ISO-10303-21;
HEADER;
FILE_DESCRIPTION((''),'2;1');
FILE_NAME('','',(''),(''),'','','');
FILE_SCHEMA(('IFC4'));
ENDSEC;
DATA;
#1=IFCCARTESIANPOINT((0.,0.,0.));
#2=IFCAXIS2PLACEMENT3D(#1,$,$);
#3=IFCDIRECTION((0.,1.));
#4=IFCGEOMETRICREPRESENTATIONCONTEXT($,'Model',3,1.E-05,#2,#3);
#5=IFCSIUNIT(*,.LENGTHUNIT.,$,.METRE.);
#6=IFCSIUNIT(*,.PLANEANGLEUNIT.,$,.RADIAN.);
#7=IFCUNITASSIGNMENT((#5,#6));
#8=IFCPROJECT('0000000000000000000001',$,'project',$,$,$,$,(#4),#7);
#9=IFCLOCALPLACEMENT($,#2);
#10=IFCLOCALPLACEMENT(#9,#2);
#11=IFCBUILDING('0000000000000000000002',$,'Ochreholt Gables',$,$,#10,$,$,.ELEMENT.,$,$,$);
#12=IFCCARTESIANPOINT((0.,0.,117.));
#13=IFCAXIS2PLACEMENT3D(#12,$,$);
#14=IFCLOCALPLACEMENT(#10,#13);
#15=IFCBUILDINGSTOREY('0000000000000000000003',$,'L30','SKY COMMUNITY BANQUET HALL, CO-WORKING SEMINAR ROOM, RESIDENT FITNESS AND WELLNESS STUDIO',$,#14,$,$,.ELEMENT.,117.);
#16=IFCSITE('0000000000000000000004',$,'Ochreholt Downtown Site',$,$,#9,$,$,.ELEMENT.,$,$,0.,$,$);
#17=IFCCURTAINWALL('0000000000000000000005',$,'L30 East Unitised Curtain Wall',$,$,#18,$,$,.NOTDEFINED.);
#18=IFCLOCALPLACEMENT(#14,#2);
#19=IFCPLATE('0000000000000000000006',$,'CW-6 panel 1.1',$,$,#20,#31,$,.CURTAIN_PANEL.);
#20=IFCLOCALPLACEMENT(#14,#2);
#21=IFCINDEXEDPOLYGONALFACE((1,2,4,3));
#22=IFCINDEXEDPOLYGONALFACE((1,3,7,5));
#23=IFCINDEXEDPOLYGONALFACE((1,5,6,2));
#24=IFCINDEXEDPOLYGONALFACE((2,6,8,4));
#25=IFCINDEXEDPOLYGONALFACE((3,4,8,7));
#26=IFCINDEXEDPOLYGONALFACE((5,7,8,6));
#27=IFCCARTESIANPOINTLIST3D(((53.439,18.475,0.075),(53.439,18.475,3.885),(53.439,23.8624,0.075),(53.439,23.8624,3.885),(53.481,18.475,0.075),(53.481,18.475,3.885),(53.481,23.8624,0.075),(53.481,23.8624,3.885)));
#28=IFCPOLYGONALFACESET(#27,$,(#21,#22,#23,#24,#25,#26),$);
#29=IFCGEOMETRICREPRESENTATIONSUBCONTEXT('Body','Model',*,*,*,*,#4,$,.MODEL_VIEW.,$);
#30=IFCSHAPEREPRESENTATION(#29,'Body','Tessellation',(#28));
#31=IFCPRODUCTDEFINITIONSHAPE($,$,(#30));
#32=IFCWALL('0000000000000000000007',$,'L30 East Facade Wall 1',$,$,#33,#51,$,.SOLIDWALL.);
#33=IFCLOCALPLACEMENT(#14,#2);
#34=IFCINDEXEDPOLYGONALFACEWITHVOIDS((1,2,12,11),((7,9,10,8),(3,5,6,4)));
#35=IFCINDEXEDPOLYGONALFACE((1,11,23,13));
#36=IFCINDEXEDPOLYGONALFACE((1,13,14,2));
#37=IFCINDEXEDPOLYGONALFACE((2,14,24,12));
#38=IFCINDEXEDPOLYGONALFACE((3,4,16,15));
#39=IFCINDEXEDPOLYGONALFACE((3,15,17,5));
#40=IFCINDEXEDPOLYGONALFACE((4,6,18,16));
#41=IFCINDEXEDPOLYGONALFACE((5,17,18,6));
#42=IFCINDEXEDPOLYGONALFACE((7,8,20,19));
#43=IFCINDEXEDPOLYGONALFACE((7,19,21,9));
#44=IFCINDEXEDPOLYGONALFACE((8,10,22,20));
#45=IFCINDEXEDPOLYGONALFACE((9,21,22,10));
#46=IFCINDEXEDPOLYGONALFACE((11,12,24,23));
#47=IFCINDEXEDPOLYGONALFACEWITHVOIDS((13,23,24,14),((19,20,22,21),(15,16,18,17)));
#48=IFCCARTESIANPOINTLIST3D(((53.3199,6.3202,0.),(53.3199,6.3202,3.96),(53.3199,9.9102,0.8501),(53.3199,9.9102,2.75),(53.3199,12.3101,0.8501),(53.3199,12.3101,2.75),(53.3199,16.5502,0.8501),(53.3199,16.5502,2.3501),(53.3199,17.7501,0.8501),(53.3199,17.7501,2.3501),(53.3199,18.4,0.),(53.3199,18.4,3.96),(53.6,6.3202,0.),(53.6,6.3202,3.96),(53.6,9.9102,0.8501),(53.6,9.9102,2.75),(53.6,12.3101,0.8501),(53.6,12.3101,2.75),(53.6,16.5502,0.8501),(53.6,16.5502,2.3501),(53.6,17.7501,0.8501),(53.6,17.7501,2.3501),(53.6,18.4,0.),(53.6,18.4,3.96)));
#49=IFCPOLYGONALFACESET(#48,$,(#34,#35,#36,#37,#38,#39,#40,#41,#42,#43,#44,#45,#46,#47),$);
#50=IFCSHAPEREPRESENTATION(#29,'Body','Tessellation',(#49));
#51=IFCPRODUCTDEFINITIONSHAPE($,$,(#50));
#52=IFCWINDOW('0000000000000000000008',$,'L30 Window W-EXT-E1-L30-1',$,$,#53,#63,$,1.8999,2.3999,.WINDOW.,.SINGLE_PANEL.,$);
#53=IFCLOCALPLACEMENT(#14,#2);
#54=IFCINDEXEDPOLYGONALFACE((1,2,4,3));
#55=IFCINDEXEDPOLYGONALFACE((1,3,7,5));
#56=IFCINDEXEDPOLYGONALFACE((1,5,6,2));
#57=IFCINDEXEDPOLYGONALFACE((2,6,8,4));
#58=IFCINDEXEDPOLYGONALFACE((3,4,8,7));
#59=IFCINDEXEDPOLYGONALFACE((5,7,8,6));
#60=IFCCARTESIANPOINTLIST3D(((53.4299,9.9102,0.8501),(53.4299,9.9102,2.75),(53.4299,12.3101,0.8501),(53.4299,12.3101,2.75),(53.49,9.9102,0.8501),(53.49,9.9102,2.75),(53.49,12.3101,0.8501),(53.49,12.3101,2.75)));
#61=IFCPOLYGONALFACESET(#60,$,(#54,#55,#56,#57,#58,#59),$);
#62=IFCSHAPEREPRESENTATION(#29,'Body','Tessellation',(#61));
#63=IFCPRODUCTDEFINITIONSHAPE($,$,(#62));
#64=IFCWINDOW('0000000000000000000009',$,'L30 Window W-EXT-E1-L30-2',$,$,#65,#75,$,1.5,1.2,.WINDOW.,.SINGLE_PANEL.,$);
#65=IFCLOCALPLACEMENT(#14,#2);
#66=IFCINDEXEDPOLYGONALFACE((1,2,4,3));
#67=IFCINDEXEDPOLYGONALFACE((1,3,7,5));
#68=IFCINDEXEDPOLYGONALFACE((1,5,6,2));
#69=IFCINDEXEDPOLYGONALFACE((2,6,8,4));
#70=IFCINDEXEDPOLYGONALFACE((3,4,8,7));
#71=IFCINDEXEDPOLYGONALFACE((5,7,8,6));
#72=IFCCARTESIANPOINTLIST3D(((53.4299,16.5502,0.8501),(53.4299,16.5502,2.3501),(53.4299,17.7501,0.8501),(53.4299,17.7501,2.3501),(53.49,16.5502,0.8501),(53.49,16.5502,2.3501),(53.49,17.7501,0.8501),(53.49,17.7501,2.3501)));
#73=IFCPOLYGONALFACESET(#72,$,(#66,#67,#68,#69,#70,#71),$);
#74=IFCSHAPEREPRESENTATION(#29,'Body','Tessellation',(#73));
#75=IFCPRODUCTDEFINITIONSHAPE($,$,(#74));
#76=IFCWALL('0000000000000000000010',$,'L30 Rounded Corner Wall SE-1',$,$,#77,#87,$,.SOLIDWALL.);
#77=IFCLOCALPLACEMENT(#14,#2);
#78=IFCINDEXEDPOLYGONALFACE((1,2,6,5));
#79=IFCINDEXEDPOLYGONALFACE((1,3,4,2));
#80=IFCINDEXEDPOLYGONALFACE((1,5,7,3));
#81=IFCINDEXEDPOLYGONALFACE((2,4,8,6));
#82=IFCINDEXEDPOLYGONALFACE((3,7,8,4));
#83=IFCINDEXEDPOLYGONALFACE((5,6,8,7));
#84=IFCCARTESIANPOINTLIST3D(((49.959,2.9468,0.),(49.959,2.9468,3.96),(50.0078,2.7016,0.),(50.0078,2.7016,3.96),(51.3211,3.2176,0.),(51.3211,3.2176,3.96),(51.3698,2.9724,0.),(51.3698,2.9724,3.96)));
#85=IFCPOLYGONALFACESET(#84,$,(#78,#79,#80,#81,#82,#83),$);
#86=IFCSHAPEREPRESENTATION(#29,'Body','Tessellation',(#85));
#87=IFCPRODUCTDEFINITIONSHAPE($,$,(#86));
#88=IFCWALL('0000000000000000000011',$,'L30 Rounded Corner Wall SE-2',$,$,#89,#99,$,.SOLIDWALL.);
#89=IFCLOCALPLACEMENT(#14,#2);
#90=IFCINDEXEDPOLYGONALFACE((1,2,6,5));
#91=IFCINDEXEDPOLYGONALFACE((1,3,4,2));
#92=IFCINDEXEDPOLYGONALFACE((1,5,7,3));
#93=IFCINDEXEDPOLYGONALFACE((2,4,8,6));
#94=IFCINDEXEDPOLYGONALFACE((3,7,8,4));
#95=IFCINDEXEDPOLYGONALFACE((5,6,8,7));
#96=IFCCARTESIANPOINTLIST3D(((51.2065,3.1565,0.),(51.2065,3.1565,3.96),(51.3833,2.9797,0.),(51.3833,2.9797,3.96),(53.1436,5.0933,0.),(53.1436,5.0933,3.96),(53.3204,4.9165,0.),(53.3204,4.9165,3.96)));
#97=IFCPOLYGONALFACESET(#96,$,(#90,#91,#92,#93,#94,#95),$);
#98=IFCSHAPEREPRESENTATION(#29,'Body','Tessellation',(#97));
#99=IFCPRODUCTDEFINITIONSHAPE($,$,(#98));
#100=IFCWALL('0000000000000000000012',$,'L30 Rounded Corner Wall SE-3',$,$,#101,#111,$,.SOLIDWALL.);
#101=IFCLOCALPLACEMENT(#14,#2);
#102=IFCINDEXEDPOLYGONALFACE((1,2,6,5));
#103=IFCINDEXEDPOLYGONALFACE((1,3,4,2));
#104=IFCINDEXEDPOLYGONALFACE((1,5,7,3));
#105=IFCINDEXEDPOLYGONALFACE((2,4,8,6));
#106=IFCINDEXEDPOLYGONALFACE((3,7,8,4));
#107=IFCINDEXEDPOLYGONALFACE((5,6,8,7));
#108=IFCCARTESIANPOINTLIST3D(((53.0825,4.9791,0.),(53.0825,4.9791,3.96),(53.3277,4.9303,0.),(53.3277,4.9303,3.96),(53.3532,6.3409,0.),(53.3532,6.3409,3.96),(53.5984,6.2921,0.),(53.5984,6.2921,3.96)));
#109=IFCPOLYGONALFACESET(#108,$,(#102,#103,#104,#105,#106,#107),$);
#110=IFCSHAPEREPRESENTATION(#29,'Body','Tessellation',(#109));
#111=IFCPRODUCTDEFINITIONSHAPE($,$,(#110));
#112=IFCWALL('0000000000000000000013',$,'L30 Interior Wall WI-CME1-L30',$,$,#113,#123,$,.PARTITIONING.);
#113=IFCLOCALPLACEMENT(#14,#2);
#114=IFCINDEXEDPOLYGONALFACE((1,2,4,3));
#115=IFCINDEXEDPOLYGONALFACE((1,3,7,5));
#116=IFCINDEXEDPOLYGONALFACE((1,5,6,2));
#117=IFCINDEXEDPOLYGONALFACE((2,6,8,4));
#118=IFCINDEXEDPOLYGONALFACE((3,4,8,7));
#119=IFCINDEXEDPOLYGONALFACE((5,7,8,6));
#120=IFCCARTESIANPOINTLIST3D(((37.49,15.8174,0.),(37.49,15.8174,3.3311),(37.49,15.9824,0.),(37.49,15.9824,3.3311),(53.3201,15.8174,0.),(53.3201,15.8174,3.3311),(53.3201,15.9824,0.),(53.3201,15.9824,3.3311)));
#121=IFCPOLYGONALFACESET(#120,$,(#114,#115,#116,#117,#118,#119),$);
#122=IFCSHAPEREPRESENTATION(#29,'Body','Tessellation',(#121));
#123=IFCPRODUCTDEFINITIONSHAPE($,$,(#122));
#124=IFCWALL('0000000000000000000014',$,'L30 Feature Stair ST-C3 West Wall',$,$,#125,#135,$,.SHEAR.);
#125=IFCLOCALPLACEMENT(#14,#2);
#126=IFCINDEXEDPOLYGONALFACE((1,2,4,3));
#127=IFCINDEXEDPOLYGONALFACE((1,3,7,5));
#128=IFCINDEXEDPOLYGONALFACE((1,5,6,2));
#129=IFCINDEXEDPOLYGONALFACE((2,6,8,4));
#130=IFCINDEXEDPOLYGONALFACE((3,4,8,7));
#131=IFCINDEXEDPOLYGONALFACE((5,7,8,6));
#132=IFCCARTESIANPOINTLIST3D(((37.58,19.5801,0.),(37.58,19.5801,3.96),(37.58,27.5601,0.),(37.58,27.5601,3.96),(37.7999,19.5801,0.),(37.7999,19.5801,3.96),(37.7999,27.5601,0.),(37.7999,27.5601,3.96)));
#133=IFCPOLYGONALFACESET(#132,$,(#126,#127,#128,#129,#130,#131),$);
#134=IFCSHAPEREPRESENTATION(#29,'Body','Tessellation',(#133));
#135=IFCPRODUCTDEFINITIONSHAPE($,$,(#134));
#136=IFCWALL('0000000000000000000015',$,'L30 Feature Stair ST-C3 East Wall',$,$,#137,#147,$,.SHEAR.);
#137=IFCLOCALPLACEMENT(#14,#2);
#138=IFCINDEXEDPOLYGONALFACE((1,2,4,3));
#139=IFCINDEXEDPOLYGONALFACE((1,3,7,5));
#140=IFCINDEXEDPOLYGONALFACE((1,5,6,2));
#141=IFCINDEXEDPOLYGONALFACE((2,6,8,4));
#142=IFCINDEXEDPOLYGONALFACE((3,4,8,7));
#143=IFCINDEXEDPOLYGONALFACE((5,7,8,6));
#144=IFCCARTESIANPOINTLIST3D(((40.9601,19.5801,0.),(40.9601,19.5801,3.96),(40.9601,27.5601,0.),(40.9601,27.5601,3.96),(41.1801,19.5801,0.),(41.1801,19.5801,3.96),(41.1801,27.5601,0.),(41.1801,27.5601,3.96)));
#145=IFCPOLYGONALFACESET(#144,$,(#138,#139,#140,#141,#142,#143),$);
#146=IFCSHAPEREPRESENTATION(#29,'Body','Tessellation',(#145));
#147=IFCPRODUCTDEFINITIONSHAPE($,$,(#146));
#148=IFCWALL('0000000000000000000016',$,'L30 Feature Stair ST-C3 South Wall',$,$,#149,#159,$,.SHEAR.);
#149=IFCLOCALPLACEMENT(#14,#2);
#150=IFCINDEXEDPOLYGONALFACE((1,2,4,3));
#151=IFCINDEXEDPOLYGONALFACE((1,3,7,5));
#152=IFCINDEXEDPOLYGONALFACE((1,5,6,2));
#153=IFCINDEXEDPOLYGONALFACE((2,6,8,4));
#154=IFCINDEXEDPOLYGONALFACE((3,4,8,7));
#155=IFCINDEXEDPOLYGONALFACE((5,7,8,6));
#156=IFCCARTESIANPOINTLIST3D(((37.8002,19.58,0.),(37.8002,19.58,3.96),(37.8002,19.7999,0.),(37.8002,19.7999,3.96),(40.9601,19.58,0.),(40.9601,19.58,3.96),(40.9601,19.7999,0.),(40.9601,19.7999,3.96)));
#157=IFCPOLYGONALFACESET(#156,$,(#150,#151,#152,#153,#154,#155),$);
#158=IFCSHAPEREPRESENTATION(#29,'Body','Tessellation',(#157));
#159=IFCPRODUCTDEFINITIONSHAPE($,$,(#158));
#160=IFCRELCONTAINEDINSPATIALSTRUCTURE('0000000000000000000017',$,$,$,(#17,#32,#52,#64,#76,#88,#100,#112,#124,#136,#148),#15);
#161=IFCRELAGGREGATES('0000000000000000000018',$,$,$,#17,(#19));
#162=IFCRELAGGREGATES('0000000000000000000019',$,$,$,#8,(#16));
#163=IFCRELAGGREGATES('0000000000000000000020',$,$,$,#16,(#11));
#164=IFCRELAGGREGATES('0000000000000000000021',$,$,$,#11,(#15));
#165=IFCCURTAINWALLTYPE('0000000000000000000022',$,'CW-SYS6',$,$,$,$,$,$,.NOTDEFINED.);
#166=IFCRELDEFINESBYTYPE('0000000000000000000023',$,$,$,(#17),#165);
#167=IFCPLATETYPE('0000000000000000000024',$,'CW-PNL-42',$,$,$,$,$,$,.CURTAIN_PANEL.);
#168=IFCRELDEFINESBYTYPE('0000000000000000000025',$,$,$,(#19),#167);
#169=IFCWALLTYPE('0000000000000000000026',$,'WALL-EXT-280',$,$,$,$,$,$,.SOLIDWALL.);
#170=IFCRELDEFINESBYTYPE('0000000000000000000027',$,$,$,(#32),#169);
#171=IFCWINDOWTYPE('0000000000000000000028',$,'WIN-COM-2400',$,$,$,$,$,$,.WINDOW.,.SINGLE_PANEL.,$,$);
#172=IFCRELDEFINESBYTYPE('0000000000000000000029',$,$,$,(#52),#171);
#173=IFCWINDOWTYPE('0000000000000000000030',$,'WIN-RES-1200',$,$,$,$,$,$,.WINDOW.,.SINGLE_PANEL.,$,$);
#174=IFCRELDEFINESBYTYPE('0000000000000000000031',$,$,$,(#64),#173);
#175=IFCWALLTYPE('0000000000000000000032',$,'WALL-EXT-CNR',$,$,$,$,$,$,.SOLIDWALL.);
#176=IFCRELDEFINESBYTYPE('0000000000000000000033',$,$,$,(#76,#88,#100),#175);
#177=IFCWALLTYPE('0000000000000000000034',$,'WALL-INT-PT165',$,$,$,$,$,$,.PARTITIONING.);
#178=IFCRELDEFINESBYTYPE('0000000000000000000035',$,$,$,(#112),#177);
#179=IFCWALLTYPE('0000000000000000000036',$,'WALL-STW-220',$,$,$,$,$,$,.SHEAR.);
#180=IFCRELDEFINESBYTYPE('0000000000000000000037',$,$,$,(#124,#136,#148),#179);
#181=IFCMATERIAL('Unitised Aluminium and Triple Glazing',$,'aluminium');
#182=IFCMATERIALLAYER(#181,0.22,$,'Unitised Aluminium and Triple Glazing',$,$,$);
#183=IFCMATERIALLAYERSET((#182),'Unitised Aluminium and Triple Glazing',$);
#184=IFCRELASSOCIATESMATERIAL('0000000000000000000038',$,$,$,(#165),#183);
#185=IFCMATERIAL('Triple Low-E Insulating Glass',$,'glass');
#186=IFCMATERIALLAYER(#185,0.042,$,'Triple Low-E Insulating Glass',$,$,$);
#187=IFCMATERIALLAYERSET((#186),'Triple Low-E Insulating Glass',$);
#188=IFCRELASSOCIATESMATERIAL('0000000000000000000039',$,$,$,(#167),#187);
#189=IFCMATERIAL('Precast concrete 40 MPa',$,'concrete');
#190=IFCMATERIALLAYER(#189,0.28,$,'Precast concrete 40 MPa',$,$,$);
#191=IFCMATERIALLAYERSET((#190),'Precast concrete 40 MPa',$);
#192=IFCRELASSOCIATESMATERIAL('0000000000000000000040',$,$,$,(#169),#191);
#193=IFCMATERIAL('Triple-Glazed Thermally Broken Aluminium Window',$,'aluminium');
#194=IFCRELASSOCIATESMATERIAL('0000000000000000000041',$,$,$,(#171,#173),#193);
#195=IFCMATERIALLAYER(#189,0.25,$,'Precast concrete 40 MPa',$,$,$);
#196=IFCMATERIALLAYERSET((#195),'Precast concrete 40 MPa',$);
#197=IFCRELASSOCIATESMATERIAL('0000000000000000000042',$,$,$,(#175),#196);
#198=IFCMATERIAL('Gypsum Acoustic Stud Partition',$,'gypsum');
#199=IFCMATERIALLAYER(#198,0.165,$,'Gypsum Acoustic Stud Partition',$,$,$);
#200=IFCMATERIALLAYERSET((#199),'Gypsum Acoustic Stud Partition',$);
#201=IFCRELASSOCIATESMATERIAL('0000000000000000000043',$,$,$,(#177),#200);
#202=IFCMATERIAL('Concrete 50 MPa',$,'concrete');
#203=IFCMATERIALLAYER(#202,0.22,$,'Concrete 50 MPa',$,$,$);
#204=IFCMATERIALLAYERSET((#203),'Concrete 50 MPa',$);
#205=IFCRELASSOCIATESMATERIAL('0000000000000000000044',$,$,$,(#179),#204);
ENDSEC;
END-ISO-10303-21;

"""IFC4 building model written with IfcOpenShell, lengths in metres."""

from ifc_helpers import new_model, si_unit, direction, frame, frame_2d, origin, origin_2d, place, context, subcontext, project, spatial, rectangle, extrude, material, layer, layer_set, type_object, element, fill, aggregate, save


model = new_model("IFC4")

# Units and contexts
model_context = context("Model", 3, precision=1e-05, world=origin(), true_north=direction((0.0, 1.0)))
body_context = subcontext(model_context, "Body", "Model", "MODEL_VIEW")
ifc_project = project(units=[si_unit("LENGTHUNIT", "METRE"), si_unit("PLANEANGLEUNIT", "RADIAN")], contexts=[model_context])

# Site, building, storey
site_placement = place(None, origin())
site = spatial("IfcSite", under=ifc_project, at=site_placement, Name="Ochreholt Downtown Site", CompositionType="ELEMENT", RefElevation=0.0)
building_placement = place(site_placement, origin())
building = spatial("IfcBuilding", under=site, at=building_placement, Name="Ochreholt Gables", CompositionType="ELEMENT")
storey_placement = place(building_placement, frame((0.0, 0.0, 117.0)))
storey = spatial("IfcBuildingStorey", under=building, at=storey_placement, Name="L30", Description="SKY COMMUNITY BANQUET HALL, CO-WORKING SEMINAR ROOM, RESIDENT FITNESS AND WELLNESS STUDIO", CompositionType="ELEMENT", Elevation=117.0)

# Curtain wall, plate
ifc_material_1 = material(Name="Unitised Aluminium and Triple Glazing", Category="aluminium")
ifc_layer_1 = layer(ifc_material_1, 0.22, Name="Unitised Aluminium and Triple Glazing")
ifc_layer_set_1 = layer_set([ifc_layer_1], Name="Unitised Aluminium and Triple Glazing")
curtain_wall_type = type_object("IfcCurtainWallType", Name="CW-SYS6", PredefinedType="NOTDEFINED", material=ifc_layer_set_1)
curtain_wall_placement = place(storey_placement, origin())
curtain_wall = element("IfcCurtainWall", 1, at=curtain_wall_placement, inside=storey, type_object=curtain_wall_type, Name="L30 East Unitised Curtain Wall", PredefinedType="NOTDEFINED")
ifc_material_2 = material(Name="Triple Low-E Insulating Glass", Category="glass")
ifc_layer_2 = layer(ifc_material_2, 0.042, Name="Triple Low-E Insulating Glass")
ifc_layer_set_2 = layer_set([ifc_layer_2], Name="Triple Low-E Insulating Glass")
plate_type = type_object("IfcPlateType", Name="CW-PNL-42", PredefinedType="CURTAIN_PANEL", material=ifc_layer_set_2)
plate_placement = place(storey_placement, frame((53.46, 21.1687, 0.075), z_axis=(0.0, 0.0, 1.0), x_axis=(0.0, 1.0, 0.0)))
plate = element("IfcPlate", 2, at=plate_placement, type_object=plate_type, Name="CW-6 panel 1.1", PredefinedType="CURTAIN_PANEL", context=body_context, shape_type="SweptSolid", body=[
    extrude(rectangle(XDim=5.3875, YDim=0.042, at=origin_2d()), origin(), (0.0, 0.0, 1.0), 3.8101),
])
aggregate(curtain_wall, [plate])

# Wall, openings, windows
ifc_material_3 = material(Name="Precast concrete 40 MPa", Category="concrete")
ifc_layer_3 = layer(ifc_material_3, 0.28, Name="Precast concrete 40 MPa")
ifc_layer_set_3 = layer_set([ifc_layer_3], Name="Precast concrete 40 MPa")
wall_type_1 = type_object("IfcWallType", Name="WALL-EXT-280", PredefinedType="SOLIDWALL", material=ifc_layer_set_3)
wall_1_placement = place(storey_placement, frame((53.46, 6.3201, 0.0), z_axis=(0.0, 0.0, 1.0), x_axis=(0.0, 1.0, 0.0)))
wall_1 = element("IfcWall", 3, at=wall_1_placement, inside=storey, type_object=wall_type_1, Name="L30 East Facade Wall 1", PredefinedType="SOLIDWALL", context=body_context, shape_type="SweptSolid", body=[
    extrude(rectangle(XDim=12.0798, YDim=0.28, at=frame_2d((6.04, 0.0))), origin(), (0.0, 0.0, 1.0), 3.96),
])
opening_1_placement = place(wall_1_placement, frame((3.5901, 0.0, 0.8501)))
opening_1 = element("IfcOpeningElement", 4, at=opening_1_placement, cuts=wall_1, PredefinedType="OPENING", context=body_context, shape_type="SweptSolid", body=[
    extrude(rectangle(XDim=2.3999, YDim=1.8999, at=frame_2d((1.2, 0.95))), frame((0.0, 0.1499, 0.0), z_axis=(0.0, -1.0, 0.0), x_axis=(1.0, 0.0, 0.0)), (0.0, 0.0, 1.0), 0.3),
])
opening_2_placement = place(wall_1_placement, frame((10.23, 0.0, 0.8501)))
opening_2 = element("IfcOpeningElement", 5, at=opening_2_placement, cuts=wall_1, PredefinedType="OPENING", context=body_context, shape_type="SweptSolid", body=[
    extrude(rectangle(XDim=1.2, YDim=1.5, at=frame_2d((0.6001, 0.75))), frame((0.0, 0.1499, 0.0), z_axis=(0.0, -1.0, 0.0), x_axis=(1.0, 0.0, 0.0)), (0.0, 0.0, 1.0), 0.3),
])
ifc_material_4 = material(Name="Triple-Glazed Thermally Broken Aluminium Window", Category="aluminium")
window_type_1 = type_object("IfcWindowType", Name="WIN-COM-2400", PartitioningType="SINGLE_PANEL", PredefinedType="WINDOW", material=ifc_material_4)
window_1_placement = place(opening_1_placement, origin())
window_1 = element("IfcWindow", 6, at=window_1_placement, inside=storey, type_object=window_type_1, Name="L30 Window W-EXT-E1-L30-1", OverallHeight=1.8999, OverallWidth=2.3999, PartitioningType="SINGLE_PANEL", PredefinedType="WINDOW", context=body_context, shape_type="SweptSolid", body=[
    extrude(rectangle(XDim=2.3999, YDim=1.8999, at=frame_2d((1.2, 0.95))), frame((0.0, 0.03, 0.0), z_axis=(0.0, -1.0, 0.0), x_axis=(1.0, 0.0, 0.0)), (0.0, 0.0, 1.0), 0.0601),
])
fill(opening_1, window_1)
window_type_2 = type_object("IfcWindowType", Name="WIN-RES-1200", PartitioningType="SINGLE_PANEL", PredefinedType="WINDOW", material=ifc_material_4)
window_2_placement = place(opening_2_placement, origin())
window_2 = element("IfcWindow", 7, at=window_2_placement, inside=storey, type_object=window_type_2, Name="L30 Window W-EXT-E1-L30-2", OverallHeight=1.5, OverallWidth=1.2, PartitioningType="SINGLE_PANEL", PredefinedType="WINDOW", context=body_context, shape_type="SweptSolid", body=[
    extrude(rectangle(XDim=1.2, YDim=1.5, at=frame_2d((0.6001, 0.75))), frame((0.0, 0.03, 0.0), z_axis=(0.0, -1.0, 0.0), x_axis=(1.0, 0.0, 0.0)), (0.0, 0.0, 1.0), 0.0601),
])
fill(opening_2, window_2)

# Walls
ifc_layer_4 = layer(ifc_material_3, 0.25, Name="Precast concrete 40 MPa")
ifc_layer_set_4 = layer_set([ifc_layer_4], Name="Precast concrete 40 MPa")
wall_type_2 = type_object("IfcWallType", Name="WALL-EXT-CNR", PredefinedType="SOLIDWALL", material=ifc_layer_set_4)
wall_2_placement = place(storey_placement, frame((49.9834, 2.8242, 0.0), z_axis=(0.0, 0.0, 1.0), x_axis=(0.98081, 0.194967, 0.0)))
element("IfcWall", 8, at=wall_2_placement, inside=storey, type_object=wall_type_2, Name="L30 Rounded Corner Wall SE-1", PredefinedType="SOLIDWALL", context=body_context, shape_type="SweptSolid", body=[
    extrude(rectangle(XDim=1.3887, YDim=0.25, at=frame_2d((0.6943, 0.0))), origin(), (0.0, 0.0, 1.0), 3.96),
])
wall_3_placement = place(storey_placement, frame((51.2949, 3.0681, 0.0), z_axis=(0.0, 0.0, 1.0), x_axis=(0.707151, 0.707062, 0.0)))
element("IfcWall", 9, at=wall_3_placement, inside=storey, type_object=wall_type_2, Name="L30 Rounded Corner Wall SE-2", PredefinedType="SOLIDWALL", context=body_context, shape_type="SweptSolid", body=[
    extrude(rectangle(XDim=2.7393, YDim=0.25, at=frame_2d((1.3696, 0.0))), origin(), (0.0, 0.0, 1.0), 3.96),
])
wall_4_placement = place(storey_placement, frame((53.2051, 4.9546, 0.0), z_axis=(0.0, 0.0, 1.0), x_axis=(0.195, 0.980803, 0.0)))
element("IfcWall", 10, at=wall_4_placement, inside=storey, type_object=wall_type_2, Name="L30 Rounded Corner Wall SE-3", PredefinedType="SOLIDWALL", context=body_context, shape_type="SweptSolid", body=[
    extrude(rectangle(XDim=1.3884, YDim=0.25, at=frame_2d((0.6943, 0.0))), origin(), (0.0, 0.0, 1.0), 3.96),
])
ifc_material_5 = material(Name="Gypsum Acoustic Stud Partition", Category="gypsum")
ifc_layer_5 = layer(ifc_material_5, 0.165, Name="Gypsum Acoustic Stud Partition")
ifc_layer_set_5 = layer_set([ifc_layer_5], Name="Gypsum Acoustic Stud Partition")
wall_type_3 = type_object("IfcWallType", Name="WALL-INT-PT165", PredefinedType="PARTITIONING", material=ifc_layer_set_5)
wall_5_placement = place(storey_placement, frame((37.49, 15.8999, 0.0), z_axis=(0.0, 0.0, 1.0), x_axis=(1.0, 0.0, 0.0)))
element("IfcWall", 11, at=wall_5_placement, inside=storey, type_object=wall_type_3, Name="L30 Interior Wall WI-CME1-L30", PredefinedType="PARTITIONING", context=body_context, shape_type="SweptSolid", body=[
    extrude(rectangle(XDim=15.8301, YDim=0.165, at=frame_2d((7.915, 0.0))), origin(), (0.0, 0.0, 1.0), 3.3311),
])
ifc_material_6 = material(Name="Concrete 50 MPa", Category="concrete")
ifc_layer_6 = layer(ifc_material_6, 0.22, Name="Concrete 50 MPa")
ifc_layer_set_6 = layer_set([ifc_layer_6], Name="Concrete 50 MPa")
wall_type_4 = type_object("IfcWallType", Name="WALL-STW-220", PredefinedType="SHEAR", material=ifc_layer_set_6)
for number, where, z_axis, x_axis, name in (
    (12, (37.6899, 19.5801, 0.0), (0.0, 0.0, 1.0), (0.0, 1.0, 0.0), "L30 Feature Stair ST-C3 West Wall"),
    (13, (41.0701, 19.5801, 0.0), (0.0, 0.0, 1.0), (0.0, 1.0, 0.0), "L30 Feature Stair ST-C3 East Wall"),
):
    element("IfcWall", number, at=place(storey_placement, frame(where, z_axis=z_axis, x_axis=x_axis)), inside=storey, type_object=wall_type_4, Name=name, PredefinedType="SHEAR", context=body_context, shape_type="SweptSolid", body=[
        extrude(rectangle(XDim=7.98, YDim=0.22, at=frame_2d((3.99, 0.0))), origin(), (0.0, 0.0, 1.0), 3.96),
    ])
wall_6_placement = place(storey_placement, frame((37.8, 19.6899, 0.0), z_axis=(0.0, 0.0, 1.0), x_axis=(1.0, 0.0, 0.0)))
element("IfcWall", 14, at=wall_6_placement, inside=storey, type_object=wall_type_4, Name="L30 Feature Stair ST-C3 South Wall", PredefinedType="SHEAR", context=body_context, shape_type="SweptSolid", body=[
    extrude(rectangle(XDim=3.1599, YDim=0.22, at=frame_2d((1.5801, 0.0))), origin(), (0.0, 0.0, 1.0), 3.96),
])

save(model, "model.ifc")
